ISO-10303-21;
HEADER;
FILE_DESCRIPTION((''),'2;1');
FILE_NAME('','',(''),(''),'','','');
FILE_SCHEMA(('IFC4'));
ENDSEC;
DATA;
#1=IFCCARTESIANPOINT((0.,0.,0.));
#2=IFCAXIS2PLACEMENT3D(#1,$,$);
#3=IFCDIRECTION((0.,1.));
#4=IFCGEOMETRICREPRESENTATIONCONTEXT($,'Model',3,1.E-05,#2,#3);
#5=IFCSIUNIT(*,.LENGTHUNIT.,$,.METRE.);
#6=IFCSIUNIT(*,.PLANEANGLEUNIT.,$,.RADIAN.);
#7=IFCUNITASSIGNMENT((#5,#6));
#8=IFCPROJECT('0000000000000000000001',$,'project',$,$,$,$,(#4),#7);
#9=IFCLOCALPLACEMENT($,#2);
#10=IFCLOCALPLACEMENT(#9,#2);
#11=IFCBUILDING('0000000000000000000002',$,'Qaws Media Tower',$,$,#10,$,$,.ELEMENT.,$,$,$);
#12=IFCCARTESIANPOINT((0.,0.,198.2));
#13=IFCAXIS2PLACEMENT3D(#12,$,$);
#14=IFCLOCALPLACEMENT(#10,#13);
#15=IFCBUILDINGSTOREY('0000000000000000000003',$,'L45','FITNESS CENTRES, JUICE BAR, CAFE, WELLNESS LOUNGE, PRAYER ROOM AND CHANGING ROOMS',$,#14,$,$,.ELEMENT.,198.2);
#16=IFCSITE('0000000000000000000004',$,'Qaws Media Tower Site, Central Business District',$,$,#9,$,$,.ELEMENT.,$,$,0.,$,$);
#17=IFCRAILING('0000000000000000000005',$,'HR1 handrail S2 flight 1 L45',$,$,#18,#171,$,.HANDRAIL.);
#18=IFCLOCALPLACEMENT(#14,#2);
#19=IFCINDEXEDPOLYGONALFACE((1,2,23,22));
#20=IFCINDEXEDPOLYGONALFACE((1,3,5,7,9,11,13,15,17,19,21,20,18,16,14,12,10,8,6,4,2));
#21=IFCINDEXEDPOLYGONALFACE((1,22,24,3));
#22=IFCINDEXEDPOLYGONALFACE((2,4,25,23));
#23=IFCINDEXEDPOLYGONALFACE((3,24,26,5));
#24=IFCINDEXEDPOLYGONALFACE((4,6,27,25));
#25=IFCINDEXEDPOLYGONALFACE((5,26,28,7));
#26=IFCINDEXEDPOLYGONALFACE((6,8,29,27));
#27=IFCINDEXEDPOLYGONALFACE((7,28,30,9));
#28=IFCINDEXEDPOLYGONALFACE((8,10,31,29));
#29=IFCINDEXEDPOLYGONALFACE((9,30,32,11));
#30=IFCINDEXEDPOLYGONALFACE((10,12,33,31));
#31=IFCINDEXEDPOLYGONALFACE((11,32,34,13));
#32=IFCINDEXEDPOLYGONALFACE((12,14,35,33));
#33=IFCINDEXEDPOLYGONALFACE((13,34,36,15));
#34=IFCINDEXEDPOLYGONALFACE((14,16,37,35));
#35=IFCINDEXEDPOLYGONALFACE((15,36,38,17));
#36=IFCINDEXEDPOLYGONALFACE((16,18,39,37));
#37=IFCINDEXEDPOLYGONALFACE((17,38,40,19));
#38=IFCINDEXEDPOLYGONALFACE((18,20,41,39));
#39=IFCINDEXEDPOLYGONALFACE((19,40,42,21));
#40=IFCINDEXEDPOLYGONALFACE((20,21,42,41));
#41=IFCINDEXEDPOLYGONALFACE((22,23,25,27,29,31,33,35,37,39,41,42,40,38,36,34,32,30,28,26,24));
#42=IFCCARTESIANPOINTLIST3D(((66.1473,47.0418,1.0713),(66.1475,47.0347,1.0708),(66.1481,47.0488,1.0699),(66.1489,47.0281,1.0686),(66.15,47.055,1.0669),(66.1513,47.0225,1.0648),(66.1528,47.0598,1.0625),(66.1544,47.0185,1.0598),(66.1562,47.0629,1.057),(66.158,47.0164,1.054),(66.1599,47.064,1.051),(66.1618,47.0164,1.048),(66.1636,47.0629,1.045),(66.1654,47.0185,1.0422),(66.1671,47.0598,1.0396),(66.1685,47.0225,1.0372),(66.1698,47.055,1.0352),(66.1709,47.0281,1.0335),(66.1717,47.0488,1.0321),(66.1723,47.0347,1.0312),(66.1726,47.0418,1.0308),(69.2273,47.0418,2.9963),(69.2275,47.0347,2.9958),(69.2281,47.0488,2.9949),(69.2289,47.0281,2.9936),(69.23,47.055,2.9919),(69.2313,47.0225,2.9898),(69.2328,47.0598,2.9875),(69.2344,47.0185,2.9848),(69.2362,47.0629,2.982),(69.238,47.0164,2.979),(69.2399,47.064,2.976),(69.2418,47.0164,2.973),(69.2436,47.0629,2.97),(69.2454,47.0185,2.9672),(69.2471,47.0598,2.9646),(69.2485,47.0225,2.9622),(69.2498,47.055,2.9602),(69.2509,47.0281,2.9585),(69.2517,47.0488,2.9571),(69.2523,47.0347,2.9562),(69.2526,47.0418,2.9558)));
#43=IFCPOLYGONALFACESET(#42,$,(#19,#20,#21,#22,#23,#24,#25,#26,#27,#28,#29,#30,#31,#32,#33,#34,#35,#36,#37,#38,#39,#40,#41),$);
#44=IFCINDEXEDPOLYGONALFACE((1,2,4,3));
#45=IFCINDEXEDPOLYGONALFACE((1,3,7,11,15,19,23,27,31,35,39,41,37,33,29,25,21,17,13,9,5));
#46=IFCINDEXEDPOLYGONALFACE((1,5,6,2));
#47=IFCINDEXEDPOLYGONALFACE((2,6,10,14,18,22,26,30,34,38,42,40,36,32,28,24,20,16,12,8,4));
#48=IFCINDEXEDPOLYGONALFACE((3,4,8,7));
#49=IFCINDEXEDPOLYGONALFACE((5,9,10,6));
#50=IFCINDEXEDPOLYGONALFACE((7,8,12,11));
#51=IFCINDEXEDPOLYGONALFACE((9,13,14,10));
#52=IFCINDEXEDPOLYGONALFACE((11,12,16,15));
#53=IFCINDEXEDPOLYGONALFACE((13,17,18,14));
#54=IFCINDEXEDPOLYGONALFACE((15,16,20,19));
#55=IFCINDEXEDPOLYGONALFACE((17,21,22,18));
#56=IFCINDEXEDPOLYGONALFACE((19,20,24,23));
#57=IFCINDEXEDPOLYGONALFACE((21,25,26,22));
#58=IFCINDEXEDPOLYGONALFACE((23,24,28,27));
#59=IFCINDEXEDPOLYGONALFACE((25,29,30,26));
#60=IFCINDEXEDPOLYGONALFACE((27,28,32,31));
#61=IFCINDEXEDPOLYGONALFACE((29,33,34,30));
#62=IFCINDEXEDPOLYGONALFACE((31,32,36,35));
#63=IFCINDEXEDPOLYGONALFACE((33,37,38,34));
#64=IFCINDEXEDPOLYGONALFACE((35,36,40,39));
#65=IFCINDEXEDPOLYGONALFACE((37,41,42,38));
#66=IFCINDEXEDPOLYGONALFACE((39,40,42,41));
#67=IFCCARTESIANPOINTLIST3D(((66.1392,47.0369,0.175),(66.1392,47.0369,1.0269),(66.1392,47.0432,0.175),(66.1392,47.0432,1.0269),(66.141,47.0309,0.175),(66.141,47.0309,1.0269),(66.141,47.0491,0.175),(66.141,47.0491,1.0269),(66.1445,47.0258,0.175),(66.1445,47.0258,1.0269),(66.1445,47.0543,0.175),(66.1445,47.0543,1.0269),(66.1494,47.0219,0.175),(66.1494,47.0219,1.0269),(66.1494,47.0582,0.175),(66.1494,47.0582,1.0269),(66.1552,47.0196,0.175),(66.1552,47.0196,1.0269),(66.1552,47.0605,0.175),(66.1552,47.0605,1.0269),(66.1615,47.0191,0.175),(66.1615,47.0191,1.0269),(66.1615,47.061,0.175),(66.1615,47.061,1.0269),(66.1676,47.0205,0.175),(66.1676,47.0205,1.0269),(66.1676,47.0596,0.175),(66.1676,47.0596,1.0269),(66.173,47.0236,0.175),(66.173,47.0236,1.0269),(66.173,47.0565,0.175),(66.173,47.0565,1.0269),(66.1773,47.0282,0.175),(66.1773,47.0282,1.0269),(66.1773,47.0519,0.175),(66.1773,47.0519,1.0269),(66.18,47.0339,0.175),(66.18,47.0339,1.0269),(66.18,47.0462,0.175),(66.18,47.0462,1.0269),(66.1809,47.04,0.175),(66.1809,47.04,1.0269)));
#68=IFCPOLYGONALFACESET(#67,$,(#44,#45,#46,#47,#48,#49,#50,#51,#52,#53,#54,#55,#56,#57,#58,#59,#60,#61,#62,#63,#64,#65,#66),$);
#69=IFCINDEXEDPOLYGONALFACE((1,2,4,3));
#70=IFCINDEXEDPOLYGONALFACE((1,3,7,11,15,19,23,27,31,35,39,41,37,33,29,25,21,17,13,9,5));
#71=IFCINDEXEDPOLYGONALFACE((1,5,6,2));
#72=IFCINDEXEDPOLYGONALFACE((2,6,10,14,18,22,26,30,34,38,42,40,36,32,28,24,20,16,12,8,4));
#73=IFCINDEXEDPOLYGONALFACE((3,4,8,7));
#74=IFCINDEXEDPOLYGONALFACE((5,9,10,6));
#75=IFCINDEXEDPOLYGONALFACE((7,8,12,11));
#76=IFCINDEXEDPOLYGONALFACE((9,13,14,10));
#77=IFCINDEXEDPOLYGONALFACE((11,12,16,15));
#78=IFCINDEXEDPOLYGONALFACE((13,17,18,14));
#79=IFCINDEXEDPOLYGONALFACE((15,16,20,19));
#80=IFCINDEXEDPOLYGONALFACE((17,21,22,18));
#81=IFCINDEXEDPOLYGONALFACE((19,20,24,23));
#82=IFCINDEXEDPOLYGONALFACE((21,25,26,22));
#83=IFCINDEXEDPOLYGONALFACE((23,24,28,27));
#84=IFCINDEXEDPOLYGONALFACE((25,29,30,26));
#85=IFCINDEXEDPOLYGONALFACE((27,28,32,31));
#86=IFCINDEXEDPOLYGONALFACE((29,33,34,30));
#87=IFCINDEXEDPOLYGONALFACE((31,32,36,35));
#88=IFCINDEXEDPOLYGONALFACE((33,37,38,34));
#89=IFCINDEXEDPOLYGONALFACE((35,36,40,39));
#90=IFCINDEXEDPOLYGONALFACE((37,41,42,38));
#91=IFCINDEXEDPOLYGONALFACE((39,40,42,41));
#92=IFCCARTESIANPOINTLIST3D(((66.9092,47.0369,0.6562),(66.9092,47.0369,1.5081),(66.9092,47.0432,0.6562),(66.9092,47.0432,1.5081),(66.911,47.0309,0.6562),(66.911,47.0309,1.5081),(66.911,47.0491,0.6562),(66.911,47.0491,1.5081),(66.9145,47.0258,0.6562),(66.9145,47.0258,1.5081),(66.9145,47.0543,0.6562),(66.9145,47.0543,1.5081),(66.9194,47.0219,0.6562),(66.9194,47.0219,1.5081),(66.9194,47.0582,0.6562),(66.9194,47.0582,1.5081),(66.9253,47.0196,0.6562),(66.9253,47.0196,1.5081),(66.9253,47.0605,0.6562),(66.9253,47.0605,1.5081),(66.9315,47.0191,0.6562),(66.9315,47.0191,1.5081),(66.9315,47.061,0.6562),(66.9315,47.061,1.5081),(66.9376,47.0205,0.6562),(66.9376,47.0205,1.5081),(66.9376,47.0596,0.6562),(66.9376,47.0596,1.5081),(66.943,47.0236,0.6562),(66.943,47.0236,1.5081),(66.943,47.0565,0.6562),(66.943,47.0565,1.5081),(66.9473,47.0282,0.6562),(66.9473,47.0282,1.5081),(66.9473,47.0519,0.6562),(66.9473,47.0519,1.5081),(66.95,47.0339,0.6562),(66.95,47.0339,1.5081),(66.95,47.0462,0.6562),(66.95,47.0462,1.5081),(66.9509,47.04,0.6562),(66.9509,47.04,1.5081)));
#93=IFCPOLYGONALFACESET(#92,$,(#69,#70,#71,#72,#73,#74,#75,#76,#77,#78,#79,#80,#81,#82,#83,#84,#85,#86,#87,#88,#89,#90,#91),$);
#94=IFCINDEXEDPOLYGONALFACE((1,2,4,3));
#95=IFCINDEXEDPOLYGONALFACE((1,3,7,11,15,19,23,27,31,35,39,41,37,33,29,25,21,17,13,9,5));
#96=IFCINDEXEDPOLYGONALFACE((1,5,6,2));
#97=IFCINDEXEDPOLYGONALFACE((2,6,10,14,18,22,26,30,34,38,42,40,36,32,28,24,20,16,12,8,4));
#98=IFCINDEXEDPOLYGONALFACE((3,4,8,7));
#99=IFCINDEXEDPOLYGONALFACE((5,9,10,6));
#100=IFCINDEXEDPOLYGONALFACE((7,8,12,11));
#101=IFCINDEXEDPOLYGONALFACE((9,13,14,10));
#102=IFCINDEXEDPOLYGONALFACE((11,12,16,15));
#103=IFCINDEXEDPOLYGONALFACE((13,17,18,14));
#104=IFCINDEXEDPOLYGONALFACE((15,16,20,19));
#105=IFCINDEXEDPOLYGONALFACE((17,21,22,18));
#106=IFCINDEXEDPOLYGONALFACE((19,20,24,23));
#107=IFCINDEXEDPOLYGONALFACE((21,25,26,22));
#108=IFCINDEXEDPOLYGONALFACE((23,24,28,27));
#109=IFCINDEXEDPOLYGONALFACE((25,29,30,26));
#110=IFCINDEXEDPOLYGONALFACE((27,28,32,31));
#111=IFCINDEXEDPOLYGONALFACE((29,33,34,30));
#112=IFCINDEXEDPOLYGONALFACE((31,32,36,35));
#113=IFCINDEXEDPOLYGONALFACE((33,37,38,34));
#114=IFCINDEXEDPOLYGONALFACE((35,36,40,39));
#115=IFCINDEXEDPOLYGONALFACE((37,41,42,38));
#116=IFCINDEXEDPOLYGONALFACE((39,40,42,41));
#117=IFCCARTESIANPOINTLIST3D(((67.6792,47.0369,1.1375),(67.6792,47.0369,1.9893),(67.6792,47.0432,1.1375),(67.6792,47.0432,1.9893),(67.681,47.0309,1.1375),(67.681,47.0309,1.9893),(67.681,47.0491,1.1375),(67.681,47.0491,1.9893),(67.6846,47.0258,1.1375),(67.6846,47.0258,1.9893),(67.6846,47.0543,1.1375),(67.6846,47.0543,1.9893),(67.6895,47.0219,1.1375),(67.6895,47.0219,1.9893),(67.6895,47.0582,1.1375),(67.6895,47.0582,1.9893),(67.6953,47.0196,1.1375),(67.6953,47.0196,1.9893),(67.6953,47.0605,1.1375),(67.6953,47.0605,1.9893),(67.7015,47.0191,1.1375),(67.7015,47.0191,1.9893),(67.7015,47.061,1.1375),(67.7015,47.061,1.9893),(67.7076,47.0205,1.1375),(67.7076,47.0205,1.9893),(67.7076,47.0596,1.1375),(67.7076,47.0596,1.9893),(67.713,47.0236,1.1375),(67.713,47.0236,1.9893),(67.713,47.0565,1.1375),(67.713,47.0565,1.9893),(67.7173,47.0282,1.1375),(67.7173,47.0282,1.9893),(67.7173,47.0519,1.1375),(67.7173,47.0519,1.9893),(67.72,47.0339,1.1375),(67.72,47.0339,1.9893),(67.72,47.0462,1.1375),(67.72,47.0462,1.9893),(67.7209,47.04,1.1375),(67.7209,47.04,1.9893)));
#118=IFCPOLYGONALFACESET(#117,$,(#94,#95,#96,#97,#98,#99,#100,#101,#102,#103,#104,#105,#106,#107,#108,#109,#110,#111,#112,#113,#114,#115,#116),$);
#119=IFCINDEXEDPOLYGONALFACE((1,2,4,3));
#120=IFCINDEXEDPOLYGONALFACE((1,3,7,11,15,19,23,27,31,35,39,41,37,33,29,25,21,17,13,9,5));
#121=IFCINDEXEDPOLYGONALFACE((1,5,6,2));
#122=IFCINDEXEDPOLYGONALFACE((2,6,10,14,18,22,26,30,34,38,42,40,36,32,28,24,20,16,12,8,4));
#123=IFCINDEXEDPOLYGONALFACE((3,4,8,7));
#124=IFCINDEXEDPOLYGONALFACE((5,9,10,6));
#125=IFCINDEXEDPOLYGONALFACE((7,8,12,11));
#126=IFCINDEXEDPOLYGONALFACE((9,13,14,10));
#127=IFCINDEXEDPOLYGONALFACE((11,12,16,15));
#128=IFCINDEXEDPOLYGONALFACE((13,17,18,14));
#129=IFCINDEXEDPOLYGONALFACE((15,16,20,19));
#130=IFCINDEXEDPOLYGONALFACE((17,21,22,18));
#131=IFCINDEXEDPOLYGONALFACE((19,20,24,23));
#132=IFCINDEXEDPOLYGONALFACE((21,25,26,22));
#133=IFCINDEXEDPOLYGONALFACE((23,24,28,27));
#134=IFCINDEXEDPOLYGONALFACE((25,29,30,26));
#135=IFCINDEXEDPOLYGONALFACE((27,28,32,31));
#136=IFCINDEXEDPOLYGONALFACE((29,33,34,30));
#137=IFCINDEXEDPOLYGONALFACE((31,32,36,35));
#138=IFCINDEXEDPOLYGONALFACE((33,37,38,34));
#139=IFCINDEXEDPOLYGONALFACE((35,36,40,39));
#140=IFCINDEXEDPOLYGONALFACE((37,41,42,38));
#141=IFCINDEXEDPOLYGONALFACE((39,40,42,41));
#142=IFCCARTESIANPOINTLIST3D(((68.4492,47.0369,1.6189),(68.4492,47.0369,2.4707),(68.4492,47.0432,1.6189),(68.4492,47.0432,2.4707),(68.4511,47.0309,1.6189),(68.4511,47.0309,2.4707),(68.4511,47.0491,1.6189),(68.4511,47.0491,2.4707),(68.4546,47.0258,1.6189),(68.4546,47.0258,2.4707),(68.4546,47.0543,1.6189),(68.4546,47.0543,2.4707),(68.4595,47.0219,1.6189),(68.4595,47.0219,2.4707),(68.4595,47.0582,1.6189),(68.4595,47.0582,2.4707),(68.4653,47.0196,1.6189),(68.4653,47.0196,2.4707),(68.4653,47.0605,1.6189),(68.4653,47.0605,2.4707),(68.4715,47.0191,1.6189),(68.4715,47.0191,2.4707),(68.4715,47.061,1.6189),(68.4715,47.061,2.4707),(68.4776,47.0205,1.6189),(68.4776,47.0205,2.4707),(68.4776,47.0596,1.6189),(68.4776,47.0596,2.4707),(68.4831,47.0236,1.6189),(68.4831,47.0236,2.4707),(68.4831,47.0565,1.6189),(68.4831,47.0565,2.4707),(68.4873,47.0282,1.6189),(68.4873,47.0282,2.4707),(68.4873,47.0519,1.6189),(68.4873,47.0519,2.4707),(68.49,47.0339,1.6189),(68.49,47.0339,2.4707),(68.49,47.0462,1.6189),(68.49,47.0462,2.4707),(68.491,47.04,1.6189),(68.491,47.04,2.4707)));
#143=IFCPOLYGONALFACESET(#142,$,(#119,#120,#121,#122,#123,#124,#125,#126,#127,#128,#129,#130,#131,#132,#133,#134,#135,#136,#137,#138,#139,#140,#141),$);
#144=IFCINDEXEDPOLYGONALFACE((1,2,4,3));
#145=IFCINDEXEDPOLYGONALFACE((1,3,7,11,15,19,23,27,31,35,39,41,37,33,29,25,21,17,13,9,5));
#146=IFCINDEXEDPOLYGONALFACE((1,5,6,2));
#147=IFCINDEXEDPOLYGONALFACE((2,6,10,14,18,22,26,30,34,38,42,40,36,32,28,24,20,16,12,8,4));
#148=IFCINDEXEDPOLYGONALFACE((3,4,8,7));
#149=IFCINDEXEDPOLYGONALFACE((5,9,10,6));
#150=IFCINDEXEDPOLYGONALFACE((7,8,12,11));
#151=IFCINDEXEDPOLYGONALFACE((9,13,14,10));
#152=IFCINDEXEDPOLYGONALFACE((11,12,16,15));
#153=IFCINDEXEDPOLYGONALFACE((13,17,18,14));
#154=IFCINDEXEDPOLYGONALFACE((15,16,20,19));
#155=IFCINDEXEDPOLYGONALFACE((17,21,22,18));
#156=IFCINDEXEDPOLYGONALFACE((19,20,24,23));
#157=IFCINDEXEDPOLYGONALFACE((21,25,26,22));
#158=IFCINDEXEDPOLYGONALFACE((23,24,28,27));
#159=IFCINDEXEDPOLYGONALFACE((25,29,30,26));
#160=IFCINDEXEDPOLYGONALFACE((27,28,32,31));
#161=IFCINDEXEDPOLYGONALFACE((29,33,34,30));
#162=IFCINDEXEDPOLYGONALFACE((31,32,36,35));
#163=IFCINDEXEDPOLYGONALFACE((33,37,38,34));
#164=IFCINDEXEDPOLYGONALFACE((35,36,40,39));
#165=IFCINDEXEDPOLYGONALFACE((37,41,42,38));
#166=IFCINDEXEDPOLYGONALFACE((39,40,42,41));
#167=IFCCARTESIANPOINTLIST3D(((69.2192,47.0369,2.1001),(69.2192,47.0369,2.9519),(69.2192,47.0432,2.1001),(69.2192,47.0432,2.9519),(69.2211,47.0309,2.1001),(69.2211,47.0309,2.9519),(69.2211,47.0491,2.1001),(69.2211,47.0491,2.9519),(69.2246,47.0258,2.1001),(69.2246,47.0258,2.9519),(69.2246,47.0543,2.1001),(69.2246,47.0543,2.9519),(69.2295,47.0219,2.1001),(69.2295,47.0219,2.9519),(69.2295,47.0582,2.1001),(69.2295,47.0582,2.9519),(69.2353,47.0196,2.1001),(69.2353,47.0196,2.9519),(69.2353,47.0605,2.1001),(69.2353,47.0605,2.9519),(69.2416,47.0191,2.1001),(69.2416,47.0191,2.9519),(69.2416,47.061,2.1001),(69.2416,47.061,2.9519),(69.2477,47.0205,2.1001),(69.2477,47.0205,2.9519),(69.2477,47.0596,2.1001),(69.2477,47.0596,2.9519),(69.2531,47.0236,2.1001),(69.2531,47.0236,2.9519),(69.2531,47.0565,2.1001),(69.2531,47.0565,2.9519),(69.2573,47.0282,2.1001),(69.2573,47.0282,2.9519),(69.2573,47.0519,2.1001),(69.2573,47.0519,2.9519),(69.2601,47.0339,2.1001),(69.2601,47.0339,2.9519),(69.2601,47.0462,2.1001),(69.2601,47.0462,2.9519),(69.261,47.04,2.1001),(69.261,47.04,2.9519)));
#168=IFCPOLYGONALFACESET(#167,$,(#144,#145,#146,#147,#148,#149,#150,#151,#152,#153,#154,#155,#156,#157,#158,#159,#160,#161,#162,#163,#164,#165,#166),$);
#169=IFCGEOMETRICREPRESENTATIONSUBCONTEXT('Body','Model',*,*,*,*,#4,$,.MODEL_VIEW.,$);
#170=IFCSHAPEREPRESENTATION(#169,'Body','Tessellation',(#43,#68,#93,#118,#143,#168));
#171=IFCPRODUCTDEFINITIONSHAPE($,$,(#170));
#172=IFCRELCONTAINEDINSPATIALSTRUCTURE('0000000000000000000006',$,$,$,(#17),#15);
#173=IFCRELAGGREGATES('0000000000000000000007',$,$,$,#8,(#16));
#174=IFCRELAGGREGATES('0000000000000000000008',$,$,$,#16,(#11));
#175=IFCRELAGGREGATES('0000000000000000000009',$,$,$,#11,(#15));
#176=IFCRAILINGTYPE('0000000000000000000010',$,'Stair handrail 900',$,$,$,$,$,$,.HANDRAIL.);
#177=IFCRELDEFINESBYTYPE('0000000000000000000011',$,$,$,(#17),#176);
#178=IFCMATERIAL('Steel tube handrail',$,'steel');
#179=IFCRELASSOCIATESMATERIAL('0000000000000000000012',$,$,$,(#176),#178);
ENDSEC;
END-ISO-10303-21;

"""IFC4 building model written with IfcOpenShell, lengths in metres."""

from ifc_helpers import new_model, si_unit, direction, frame, origin, origin_2d, place, context, subcontext, project, spatial, circle, extrude, material, type_object, element, save


model = new_model("IFC4")

# Units and contexts
model_context = context("Model", 3, precision=1e-05, world=origin(), true_north=direction((0.0, 1.0)))
body_context = subcontext(model_context, "Body", "Model", "MODEL_VIEW")
ifc_project = project(units=[si_unit("LENGTHUNIT", "METRE"), si_unit("PLANEANGLEUNIT", "RADIAN")], contexts=[model_context])

# Site, building, storey
site_placement = place(None, origin())
site = spatial("IfcSite", under=ifc_project, at=site_placement, Name="Qaws Media Tower Site, Central Business District", CompositionType="ELEMENT", RefElevation=0.0)
building_placement = place(site_placement, origin())
building = spatial("IfcBuilding", under=site, at=building_placement, Name="Qaws Media Tower", CompositionType="ELEMENT")
storey_placement = place(building_placement, frame((0.0, 0.0, 198.2)))
storey = spatial("IfcBuildingStorey", under=building, at=storey_placement, Name="L45", Description="FITNESS CENTRES, JUICE BAR, CAFE, WELLNESS LOUNGE, PRAYER ROOM AND CHANGING ROOMS", CompositionType="ELEMENT", Elevation=198.2)

# Railing
ifc_material_1 = material(Name="Steel tube handrail", Category="steel")
railing_type = type_object("IfcRailingType", Name="Stair handrail 900", PredefinedType="HANDRAIL", material=ifc_material_1)
railing_placement = place(storey_placement, frame((66.1599, 47.04, 0.175)))
element("IfcRailing", 1, at=railing_placement, inside=storey, type_object=railing_type, Name="HR1 handrail S2 flight 1 L45", PredefinedType="HANDRAIL", context=body_context, shape_type="SweptSolid", body=[
    extrude(circle(Radius=0.0239, at=origin_2d()), frame((0.0, 0.0, 0.876), z_axis=(0.847998, 0.0, 0.529999), x_axis=(0.0, 1.0, 0.0)), (0.0, 0.0, 1.0), 3.6321),
    extrude(circle(Radius=0.021, at=origin_2d()), origin(), (0.0, 0.0, 1.0), 0.8518),
    extrude(circle(Radius=0.021, at=origin_2d()), frame((0.77, 0.0, 0.4812)), (0.0, 0.0, 1.0), 0.8518),
    extrude(circle(Radius=0.021, at=origin_2d()), frame((1.54, 0.0, 0.9624)), (0.0, 0.0, 1.0), 0.8518),
    extrude(circle(Radius=0.021, at=origin_2d()), frame((2.3101, 0.0, 1.4438)), (0.0, 0.0, 1.0), 0.8518),
    extrude(circle(Radius=0.021, at=origin_2d()), frame((3.0801, 0.0, 1.925)), (0.0, 0.0, 1.0), 0.8518),
])

save(model, "model.ifc")
